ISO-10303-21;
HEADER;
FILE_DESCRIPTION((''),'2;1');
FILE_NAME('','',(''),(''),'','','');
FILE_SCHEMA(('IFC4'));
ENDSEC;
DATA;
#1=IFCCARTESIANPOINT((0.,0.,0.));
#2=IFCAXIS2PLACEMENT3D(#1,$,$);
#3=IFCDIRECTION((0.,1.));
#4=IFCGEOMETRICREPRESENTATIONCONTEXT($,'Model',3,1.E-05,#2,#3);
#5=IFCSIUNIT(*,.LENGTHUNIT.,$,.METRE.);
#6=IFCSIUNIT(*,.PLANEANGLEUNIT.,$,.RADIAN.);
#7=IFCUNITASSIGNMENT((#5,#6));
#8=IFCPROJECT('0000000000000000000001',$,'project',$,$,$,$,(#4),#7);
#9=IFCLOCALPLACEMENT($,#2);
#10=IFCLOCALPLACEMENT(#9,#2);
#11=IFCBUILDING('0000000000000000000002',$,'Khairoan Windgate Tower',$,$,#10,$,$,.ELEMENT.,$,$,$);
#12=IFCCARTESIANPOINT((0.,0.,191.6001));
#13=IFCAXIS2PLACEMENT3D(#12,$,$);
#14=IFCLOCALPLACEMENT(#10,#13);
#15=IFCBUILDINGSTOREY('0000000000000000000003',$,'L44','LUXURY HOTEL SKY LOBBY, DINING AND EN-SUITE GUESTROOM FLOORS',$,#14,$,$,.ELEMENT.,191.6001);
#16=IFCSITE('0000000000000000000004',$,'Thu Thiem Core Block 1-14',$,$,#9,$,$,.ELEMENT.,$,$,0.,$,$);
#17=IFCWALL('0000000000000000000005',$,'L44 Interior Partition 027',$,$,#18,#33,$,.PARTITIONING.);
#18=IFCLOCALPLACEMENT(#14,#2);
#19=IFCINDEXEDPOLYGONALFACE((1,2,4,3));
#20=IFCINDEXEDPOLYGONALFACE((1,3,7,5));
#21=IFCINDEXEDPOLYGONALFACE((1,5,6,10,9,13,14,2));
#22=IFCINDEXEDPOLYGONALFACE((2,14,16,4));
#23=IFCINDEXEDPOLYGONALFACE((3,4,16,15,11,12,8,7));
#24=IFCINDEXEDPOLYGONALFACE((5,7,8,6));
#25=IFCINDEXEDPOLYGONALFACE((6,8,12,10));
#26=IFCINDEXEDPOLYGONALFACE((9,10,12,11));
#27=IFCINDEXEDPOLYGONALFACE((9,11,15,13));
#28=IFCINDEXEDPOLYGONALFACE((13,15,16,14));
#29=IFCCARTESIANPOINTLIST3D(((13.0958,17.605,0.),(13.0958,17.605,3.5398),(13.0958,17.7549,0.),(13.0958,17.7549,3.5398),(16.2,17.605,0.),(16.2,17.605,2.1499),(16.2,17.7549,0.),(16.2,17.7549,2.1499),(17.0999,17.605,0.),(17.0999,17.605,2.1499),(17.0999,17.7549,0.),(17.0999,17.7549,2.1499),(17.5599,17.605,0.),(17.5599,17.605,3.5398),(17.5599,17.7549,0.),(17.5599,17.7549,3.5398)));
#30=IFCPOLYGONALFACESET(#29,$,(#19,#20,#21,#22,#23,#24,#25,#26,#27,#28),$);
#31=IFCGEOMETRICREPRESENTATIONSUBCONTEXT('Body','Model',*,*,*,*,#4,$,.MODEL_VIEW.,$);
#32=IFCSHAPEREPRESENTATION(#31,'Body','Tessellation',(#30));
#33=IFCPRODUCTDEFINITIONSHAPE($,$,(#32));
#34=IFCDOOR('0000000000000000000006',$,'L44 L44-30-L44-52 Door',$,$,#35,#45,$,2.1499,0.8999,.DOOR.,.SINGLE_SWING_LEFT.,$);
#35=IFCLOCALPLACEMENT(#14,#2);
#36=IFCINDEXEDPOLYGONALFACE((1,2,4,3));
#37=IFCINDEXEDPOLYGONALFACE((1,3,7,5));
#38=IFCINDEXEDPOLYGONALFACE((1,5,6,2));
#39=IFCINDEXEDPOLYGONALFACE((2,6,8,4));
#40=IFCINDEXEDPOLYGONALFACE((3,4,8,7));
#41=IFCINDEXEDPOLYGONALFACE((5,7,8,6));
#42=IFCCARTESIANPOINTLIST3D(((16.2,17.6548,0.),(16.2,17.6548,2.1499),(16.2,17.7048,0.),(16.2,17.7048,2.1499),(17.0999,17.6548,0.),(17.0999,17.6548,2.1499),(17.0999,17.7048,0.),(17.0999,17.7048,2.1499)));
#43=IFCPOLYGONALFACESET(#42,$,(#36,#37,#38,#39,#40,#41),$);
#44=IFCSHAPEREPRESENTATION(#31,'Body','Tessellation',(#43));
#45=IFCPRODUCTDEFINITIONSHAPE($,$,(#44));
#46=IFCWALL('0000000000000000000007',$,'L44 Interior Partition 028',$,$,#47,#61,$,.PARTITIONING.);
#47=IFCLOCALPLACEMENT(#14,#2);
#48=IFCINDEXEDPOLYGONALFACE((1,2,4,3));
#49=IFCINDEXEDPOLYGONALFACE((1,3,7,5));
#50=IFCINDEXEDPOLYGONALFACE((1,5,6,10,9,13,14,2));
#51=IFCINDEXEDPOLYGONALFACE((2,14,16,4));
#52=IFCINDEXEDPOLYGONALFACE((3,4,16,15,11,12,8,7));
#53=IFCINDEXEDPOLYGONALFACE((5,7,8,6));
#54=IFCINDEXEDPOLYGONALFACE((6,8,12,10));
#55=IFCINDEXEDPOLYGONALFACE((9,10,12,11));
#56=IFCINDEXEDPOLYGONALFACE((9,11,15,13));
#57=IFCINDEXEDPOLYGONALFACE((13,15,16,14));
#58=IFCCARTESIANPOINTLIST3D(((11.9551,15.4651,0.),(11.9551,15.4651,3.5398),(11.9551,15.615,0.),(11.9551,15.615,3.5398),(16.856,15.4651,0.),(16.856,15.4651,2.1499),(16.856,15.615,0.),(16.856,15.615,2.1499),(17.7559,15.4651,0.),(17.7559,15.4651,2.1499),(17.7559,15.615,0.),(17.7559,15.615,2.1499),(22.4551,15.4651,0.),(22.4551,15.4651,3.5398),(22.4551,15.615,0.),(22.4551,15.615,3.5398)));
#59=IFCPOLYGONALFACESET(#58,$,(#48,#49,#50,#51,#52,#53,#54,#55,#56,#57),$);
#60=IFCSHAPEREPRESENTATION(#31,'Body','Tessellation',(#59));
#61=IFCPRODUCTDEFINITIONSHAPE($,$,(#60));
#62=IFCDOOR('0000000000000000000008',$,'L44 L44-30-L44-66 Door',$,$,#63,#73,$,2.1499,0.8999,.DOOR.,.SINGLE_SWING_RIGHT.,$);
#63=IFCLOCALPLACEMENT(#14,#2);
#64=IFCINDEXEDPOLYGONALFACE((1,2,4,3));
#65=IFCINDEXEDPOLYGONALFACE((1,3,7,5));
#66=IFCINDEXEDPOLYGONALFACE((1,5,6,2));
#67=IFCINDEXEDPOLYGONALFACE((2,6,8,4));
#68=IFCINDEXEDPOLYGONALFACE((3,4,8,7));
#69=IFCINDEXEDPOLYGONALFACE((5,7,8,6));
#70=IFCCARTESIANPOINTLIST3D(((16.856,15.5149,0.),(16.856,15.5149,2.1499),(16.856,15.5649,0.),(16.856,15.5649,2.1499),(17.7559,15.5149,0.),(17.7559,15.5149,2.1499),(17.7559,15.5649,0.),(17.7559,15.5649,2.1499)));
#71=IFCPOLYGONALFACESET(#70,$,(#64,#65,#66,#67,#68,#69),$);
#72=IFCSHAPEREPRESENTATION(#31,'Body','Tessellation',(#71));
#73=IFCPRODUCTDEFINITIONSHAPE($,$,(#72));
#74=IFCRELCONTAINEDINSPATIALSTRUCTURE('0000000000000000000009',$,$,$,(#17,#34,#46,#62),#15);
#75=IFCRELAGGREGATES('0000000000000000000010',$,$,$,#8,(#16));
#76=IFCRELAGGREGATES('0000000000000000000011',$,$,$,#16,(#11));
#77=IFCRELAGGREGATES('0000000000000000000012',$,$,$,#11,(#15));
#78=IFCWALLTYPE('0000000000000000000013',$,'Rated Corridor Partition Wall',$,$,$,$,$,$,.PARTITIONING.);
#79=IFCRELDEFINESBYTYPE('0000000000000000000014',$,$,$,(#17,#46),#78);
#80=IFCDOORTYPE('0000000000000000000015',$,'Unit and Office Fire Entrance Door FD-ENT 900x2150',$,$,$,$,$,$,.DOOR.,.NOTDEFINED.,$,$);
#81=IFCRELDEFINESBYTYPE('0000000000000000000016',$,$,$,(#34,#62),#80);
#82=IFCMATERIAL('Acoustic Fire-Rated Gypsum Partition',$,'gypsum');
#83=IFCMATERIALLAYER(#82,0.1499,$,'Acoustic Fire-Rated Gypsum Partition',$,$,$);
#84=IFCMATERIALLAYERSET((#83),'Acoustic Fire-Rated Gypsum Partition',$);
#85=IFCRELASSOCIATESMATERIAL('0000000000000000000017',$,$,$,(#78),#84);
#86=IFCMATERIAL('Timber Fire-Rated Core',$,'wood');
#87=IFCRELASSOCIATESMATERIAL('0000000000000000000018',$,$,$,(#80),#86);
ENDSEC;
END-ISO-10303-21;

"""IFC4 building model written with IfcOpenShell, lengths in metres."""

from ifc_helpers import new_model, si_unit, direction, frame, frame_2d, origin, place, context, subcontext, project, spatial, rectangle, extrude, material, layer, layer_set, type_object, element, fill, save


model = new_model("IFC4")

# Units and contexts
model_context = context("Model", 3, precision=1e-05, world=origin(), true_north=direction((0.0, 1.0)))
body_context = subcontext(model_context, "Body", "Model", "MODEL_VIEW")
ifc_project = project(units=[si_unit("LENGTHUNIT", "METRE"), si_unit("PLANEANGLEUNIT", "RADIAN")], contexts=[model_context])

# Site, building, storey
site_placement = place(None, origin())
site = spatial("IfcSite", under=ifc_project, at=site_placement, Name="Thu Thiem Core Block 1-14", CompositionType="ELEMENT", RefElevation=0.0)
building_placement = place(site_placement, origin())
building = spatial("IfcBuilding", under=site, at=building_placement, Name="Khairoan Windgate Tower", CompositionType="ELEMENT")
storey_placement = place(building_placement, frame((0.0, 0.0, 191.6001)))
storey = spatial("IfcBuildingStorey", under=building, at=storey_placement, Name="L44", Description="LUXURY HOTEL SKY LOBBY, DINING AND EN-SUITE GUESTROOM FLOORS", CompositionType="ELEMENT", Elevation=191.6001)

# Walls, openings, doors
ifc_material_1 = material(Name="Acoustic Fire-Rated Gypsum Partition", Category="gypsum")
ifc_layer_1 = layer(ifc_material_1, 0.1499, Name="Acoustic Fire-Rated Gypsum Partition")
ifc_layer_set_1 = layer_set([ifc_layer_1], Name="Acoustic Fire-Rated Gypsum Partition")
wall_type_1 = type_object("IfcWallType", Name="Rated Corridor Partition Wall", PredefinedType="PARTITIONING", material=ifc_layer_set_1)
wall_1_placement = place(storey_placement, frame((13.0959, 17.6799, 0.0), z_axis=(0.0, 0.0, 1.0), x_axis=(1.0, 0.0, 0.0)))
wall_1 = element("IfcWall", 1, at=wall_1_placement, inside=storey, type_object=wall_type_1, Name="L44 Interior Partition 027", PredefinedType="PARTITIONING", context=body_context, shape_type="SweptSolid", body=[
    extrude(rectangle(XDim=4.4641, YDim=0.1499, at=frame_2d((2.2319, 0.0))), origin(), (0.0, 0.0, 1.0), 3.5398),
])
opening_1_placement = place(wall_1_placement, frame((3.104, 0.0, 0.0)))
opening_1 = element("IfcOpeningElement", 2, at=opening_1_placement, cuts=wall_1, PredefinedType="OPENING", context=body_context, shape_type="SweptSolid", body=[
    extrude(rectangle(XDim=0.8999, YDim=2.1499, at=frame_2d((0.45, 1.075))), frame((0.0, 0.085, 0.0), z_axis=(0.0, -1.0, 0.0), x_axis=(1.0, 0.0, 0.0)), (0.0, 0.0, 1.0), 0.1699),
])
ifc_material_2 = material(Name="Timber Fire-Rated Core", Category="wood")
door_type_1 = type_object("IfcDoorType", Name="Unit and Office Fire Entrance Door FD-ENT 900x2150", OperationType="NOTDEFINED", PredefinedType="DOOR", material=ifc_material_2)
door_1_placement = place(opening_1_placement, origin())
door_1 = element("IfcDoor", 3, at=door_1_placement, inside=storey, type_object=door_type_1, Name="L44 L44-30-L44-52 Door", OperationType="SINGLE_SWING_LEFT", OverallHeight=2.1499, OverallWidth=0.8999, PredefinedType="DOOR", context=body_context, shape_type="SweptSolid", body=[
    extrude(rectangle(XDim=0.8999, YDim=2.1499, at=frame_2d((0.45, 1.075))), frame((0.0, 0.0249, 0.0), z_axis=(0.0, -1.0, 0.0), x_axis=(1.0, 0.0, 0.0)), (0.0, 0.0, 1.0), 0.05),
])
fill(opening_1, door_1)
wall_2_placement = place(storey_placement, frame((11.9551, 15.54, 0.0), z_axis=(0.0, 0.0, 1.0), x_axis=(1.0, 0.0, 0.0)))
wall_2 = element("IfcWall", 4, at=wall_2_placement, inside=storey, type_object=wall_type_1, Name="L44 Interior Partition 028", PredefinedType="PARTITIONING", context=body_context, shape_type="SweptSolid", body=[
    extrude(rectangle(XDim=10.5, YDim=0.1499, at=frame_2d((5.25, 0.0))), origin(), (0.0, 0.0, 1.0), 3.5398),
])
opening_2_placement = place(wall_2_placement, frame((4.9009, 0.0, 0.0)))
opening_2 = element("IfcOpeningElement", 5, at=opening_2_placement, cuts=wall_2, PredefinedType="OPENING", context=body_context, shape_type="SweptSolid", body=[
    extrude(rectangle(XDim=0.8999, YDim=2.1499, at=frame_2d((0.45, 1.075))), frame((0.0, 0.085, 0.0), z_axis=(0.0, -1.0, 0.0), x_axis=(1.0, 0.0, 0.0)), (0.0, 0.0, 1.0), 0.1699),
])
door_2_placement = place(opening_2_placement, origin())
door_2 = element("IfcDoor", 6, at=door_2_placement, inside=storey, type_object=door_type_1, Name="L44 L44-30-L44-66 Door", OperationType="SINGLE_SWING_RIGHT", OverallHeight=2.1499, OverallWidth=0.8999, PredefinedType="DOOR", context=body_context, shape_type="SweptSolid", body=[
    extrude(rectangle(XDim=0.8999, YDim=2.1499, at=frame_2d((0.45, 1.075))), frame((0.0, 0.0249, 0.0), z_axis=(0.0, -1.0, 0.0), x_axis=(1.0, 0.0, 0.0)), (0.0, 0.0, 1.0), 0.05),
])
fill(opening_2, door_2)

save(model, "model.ifc")
